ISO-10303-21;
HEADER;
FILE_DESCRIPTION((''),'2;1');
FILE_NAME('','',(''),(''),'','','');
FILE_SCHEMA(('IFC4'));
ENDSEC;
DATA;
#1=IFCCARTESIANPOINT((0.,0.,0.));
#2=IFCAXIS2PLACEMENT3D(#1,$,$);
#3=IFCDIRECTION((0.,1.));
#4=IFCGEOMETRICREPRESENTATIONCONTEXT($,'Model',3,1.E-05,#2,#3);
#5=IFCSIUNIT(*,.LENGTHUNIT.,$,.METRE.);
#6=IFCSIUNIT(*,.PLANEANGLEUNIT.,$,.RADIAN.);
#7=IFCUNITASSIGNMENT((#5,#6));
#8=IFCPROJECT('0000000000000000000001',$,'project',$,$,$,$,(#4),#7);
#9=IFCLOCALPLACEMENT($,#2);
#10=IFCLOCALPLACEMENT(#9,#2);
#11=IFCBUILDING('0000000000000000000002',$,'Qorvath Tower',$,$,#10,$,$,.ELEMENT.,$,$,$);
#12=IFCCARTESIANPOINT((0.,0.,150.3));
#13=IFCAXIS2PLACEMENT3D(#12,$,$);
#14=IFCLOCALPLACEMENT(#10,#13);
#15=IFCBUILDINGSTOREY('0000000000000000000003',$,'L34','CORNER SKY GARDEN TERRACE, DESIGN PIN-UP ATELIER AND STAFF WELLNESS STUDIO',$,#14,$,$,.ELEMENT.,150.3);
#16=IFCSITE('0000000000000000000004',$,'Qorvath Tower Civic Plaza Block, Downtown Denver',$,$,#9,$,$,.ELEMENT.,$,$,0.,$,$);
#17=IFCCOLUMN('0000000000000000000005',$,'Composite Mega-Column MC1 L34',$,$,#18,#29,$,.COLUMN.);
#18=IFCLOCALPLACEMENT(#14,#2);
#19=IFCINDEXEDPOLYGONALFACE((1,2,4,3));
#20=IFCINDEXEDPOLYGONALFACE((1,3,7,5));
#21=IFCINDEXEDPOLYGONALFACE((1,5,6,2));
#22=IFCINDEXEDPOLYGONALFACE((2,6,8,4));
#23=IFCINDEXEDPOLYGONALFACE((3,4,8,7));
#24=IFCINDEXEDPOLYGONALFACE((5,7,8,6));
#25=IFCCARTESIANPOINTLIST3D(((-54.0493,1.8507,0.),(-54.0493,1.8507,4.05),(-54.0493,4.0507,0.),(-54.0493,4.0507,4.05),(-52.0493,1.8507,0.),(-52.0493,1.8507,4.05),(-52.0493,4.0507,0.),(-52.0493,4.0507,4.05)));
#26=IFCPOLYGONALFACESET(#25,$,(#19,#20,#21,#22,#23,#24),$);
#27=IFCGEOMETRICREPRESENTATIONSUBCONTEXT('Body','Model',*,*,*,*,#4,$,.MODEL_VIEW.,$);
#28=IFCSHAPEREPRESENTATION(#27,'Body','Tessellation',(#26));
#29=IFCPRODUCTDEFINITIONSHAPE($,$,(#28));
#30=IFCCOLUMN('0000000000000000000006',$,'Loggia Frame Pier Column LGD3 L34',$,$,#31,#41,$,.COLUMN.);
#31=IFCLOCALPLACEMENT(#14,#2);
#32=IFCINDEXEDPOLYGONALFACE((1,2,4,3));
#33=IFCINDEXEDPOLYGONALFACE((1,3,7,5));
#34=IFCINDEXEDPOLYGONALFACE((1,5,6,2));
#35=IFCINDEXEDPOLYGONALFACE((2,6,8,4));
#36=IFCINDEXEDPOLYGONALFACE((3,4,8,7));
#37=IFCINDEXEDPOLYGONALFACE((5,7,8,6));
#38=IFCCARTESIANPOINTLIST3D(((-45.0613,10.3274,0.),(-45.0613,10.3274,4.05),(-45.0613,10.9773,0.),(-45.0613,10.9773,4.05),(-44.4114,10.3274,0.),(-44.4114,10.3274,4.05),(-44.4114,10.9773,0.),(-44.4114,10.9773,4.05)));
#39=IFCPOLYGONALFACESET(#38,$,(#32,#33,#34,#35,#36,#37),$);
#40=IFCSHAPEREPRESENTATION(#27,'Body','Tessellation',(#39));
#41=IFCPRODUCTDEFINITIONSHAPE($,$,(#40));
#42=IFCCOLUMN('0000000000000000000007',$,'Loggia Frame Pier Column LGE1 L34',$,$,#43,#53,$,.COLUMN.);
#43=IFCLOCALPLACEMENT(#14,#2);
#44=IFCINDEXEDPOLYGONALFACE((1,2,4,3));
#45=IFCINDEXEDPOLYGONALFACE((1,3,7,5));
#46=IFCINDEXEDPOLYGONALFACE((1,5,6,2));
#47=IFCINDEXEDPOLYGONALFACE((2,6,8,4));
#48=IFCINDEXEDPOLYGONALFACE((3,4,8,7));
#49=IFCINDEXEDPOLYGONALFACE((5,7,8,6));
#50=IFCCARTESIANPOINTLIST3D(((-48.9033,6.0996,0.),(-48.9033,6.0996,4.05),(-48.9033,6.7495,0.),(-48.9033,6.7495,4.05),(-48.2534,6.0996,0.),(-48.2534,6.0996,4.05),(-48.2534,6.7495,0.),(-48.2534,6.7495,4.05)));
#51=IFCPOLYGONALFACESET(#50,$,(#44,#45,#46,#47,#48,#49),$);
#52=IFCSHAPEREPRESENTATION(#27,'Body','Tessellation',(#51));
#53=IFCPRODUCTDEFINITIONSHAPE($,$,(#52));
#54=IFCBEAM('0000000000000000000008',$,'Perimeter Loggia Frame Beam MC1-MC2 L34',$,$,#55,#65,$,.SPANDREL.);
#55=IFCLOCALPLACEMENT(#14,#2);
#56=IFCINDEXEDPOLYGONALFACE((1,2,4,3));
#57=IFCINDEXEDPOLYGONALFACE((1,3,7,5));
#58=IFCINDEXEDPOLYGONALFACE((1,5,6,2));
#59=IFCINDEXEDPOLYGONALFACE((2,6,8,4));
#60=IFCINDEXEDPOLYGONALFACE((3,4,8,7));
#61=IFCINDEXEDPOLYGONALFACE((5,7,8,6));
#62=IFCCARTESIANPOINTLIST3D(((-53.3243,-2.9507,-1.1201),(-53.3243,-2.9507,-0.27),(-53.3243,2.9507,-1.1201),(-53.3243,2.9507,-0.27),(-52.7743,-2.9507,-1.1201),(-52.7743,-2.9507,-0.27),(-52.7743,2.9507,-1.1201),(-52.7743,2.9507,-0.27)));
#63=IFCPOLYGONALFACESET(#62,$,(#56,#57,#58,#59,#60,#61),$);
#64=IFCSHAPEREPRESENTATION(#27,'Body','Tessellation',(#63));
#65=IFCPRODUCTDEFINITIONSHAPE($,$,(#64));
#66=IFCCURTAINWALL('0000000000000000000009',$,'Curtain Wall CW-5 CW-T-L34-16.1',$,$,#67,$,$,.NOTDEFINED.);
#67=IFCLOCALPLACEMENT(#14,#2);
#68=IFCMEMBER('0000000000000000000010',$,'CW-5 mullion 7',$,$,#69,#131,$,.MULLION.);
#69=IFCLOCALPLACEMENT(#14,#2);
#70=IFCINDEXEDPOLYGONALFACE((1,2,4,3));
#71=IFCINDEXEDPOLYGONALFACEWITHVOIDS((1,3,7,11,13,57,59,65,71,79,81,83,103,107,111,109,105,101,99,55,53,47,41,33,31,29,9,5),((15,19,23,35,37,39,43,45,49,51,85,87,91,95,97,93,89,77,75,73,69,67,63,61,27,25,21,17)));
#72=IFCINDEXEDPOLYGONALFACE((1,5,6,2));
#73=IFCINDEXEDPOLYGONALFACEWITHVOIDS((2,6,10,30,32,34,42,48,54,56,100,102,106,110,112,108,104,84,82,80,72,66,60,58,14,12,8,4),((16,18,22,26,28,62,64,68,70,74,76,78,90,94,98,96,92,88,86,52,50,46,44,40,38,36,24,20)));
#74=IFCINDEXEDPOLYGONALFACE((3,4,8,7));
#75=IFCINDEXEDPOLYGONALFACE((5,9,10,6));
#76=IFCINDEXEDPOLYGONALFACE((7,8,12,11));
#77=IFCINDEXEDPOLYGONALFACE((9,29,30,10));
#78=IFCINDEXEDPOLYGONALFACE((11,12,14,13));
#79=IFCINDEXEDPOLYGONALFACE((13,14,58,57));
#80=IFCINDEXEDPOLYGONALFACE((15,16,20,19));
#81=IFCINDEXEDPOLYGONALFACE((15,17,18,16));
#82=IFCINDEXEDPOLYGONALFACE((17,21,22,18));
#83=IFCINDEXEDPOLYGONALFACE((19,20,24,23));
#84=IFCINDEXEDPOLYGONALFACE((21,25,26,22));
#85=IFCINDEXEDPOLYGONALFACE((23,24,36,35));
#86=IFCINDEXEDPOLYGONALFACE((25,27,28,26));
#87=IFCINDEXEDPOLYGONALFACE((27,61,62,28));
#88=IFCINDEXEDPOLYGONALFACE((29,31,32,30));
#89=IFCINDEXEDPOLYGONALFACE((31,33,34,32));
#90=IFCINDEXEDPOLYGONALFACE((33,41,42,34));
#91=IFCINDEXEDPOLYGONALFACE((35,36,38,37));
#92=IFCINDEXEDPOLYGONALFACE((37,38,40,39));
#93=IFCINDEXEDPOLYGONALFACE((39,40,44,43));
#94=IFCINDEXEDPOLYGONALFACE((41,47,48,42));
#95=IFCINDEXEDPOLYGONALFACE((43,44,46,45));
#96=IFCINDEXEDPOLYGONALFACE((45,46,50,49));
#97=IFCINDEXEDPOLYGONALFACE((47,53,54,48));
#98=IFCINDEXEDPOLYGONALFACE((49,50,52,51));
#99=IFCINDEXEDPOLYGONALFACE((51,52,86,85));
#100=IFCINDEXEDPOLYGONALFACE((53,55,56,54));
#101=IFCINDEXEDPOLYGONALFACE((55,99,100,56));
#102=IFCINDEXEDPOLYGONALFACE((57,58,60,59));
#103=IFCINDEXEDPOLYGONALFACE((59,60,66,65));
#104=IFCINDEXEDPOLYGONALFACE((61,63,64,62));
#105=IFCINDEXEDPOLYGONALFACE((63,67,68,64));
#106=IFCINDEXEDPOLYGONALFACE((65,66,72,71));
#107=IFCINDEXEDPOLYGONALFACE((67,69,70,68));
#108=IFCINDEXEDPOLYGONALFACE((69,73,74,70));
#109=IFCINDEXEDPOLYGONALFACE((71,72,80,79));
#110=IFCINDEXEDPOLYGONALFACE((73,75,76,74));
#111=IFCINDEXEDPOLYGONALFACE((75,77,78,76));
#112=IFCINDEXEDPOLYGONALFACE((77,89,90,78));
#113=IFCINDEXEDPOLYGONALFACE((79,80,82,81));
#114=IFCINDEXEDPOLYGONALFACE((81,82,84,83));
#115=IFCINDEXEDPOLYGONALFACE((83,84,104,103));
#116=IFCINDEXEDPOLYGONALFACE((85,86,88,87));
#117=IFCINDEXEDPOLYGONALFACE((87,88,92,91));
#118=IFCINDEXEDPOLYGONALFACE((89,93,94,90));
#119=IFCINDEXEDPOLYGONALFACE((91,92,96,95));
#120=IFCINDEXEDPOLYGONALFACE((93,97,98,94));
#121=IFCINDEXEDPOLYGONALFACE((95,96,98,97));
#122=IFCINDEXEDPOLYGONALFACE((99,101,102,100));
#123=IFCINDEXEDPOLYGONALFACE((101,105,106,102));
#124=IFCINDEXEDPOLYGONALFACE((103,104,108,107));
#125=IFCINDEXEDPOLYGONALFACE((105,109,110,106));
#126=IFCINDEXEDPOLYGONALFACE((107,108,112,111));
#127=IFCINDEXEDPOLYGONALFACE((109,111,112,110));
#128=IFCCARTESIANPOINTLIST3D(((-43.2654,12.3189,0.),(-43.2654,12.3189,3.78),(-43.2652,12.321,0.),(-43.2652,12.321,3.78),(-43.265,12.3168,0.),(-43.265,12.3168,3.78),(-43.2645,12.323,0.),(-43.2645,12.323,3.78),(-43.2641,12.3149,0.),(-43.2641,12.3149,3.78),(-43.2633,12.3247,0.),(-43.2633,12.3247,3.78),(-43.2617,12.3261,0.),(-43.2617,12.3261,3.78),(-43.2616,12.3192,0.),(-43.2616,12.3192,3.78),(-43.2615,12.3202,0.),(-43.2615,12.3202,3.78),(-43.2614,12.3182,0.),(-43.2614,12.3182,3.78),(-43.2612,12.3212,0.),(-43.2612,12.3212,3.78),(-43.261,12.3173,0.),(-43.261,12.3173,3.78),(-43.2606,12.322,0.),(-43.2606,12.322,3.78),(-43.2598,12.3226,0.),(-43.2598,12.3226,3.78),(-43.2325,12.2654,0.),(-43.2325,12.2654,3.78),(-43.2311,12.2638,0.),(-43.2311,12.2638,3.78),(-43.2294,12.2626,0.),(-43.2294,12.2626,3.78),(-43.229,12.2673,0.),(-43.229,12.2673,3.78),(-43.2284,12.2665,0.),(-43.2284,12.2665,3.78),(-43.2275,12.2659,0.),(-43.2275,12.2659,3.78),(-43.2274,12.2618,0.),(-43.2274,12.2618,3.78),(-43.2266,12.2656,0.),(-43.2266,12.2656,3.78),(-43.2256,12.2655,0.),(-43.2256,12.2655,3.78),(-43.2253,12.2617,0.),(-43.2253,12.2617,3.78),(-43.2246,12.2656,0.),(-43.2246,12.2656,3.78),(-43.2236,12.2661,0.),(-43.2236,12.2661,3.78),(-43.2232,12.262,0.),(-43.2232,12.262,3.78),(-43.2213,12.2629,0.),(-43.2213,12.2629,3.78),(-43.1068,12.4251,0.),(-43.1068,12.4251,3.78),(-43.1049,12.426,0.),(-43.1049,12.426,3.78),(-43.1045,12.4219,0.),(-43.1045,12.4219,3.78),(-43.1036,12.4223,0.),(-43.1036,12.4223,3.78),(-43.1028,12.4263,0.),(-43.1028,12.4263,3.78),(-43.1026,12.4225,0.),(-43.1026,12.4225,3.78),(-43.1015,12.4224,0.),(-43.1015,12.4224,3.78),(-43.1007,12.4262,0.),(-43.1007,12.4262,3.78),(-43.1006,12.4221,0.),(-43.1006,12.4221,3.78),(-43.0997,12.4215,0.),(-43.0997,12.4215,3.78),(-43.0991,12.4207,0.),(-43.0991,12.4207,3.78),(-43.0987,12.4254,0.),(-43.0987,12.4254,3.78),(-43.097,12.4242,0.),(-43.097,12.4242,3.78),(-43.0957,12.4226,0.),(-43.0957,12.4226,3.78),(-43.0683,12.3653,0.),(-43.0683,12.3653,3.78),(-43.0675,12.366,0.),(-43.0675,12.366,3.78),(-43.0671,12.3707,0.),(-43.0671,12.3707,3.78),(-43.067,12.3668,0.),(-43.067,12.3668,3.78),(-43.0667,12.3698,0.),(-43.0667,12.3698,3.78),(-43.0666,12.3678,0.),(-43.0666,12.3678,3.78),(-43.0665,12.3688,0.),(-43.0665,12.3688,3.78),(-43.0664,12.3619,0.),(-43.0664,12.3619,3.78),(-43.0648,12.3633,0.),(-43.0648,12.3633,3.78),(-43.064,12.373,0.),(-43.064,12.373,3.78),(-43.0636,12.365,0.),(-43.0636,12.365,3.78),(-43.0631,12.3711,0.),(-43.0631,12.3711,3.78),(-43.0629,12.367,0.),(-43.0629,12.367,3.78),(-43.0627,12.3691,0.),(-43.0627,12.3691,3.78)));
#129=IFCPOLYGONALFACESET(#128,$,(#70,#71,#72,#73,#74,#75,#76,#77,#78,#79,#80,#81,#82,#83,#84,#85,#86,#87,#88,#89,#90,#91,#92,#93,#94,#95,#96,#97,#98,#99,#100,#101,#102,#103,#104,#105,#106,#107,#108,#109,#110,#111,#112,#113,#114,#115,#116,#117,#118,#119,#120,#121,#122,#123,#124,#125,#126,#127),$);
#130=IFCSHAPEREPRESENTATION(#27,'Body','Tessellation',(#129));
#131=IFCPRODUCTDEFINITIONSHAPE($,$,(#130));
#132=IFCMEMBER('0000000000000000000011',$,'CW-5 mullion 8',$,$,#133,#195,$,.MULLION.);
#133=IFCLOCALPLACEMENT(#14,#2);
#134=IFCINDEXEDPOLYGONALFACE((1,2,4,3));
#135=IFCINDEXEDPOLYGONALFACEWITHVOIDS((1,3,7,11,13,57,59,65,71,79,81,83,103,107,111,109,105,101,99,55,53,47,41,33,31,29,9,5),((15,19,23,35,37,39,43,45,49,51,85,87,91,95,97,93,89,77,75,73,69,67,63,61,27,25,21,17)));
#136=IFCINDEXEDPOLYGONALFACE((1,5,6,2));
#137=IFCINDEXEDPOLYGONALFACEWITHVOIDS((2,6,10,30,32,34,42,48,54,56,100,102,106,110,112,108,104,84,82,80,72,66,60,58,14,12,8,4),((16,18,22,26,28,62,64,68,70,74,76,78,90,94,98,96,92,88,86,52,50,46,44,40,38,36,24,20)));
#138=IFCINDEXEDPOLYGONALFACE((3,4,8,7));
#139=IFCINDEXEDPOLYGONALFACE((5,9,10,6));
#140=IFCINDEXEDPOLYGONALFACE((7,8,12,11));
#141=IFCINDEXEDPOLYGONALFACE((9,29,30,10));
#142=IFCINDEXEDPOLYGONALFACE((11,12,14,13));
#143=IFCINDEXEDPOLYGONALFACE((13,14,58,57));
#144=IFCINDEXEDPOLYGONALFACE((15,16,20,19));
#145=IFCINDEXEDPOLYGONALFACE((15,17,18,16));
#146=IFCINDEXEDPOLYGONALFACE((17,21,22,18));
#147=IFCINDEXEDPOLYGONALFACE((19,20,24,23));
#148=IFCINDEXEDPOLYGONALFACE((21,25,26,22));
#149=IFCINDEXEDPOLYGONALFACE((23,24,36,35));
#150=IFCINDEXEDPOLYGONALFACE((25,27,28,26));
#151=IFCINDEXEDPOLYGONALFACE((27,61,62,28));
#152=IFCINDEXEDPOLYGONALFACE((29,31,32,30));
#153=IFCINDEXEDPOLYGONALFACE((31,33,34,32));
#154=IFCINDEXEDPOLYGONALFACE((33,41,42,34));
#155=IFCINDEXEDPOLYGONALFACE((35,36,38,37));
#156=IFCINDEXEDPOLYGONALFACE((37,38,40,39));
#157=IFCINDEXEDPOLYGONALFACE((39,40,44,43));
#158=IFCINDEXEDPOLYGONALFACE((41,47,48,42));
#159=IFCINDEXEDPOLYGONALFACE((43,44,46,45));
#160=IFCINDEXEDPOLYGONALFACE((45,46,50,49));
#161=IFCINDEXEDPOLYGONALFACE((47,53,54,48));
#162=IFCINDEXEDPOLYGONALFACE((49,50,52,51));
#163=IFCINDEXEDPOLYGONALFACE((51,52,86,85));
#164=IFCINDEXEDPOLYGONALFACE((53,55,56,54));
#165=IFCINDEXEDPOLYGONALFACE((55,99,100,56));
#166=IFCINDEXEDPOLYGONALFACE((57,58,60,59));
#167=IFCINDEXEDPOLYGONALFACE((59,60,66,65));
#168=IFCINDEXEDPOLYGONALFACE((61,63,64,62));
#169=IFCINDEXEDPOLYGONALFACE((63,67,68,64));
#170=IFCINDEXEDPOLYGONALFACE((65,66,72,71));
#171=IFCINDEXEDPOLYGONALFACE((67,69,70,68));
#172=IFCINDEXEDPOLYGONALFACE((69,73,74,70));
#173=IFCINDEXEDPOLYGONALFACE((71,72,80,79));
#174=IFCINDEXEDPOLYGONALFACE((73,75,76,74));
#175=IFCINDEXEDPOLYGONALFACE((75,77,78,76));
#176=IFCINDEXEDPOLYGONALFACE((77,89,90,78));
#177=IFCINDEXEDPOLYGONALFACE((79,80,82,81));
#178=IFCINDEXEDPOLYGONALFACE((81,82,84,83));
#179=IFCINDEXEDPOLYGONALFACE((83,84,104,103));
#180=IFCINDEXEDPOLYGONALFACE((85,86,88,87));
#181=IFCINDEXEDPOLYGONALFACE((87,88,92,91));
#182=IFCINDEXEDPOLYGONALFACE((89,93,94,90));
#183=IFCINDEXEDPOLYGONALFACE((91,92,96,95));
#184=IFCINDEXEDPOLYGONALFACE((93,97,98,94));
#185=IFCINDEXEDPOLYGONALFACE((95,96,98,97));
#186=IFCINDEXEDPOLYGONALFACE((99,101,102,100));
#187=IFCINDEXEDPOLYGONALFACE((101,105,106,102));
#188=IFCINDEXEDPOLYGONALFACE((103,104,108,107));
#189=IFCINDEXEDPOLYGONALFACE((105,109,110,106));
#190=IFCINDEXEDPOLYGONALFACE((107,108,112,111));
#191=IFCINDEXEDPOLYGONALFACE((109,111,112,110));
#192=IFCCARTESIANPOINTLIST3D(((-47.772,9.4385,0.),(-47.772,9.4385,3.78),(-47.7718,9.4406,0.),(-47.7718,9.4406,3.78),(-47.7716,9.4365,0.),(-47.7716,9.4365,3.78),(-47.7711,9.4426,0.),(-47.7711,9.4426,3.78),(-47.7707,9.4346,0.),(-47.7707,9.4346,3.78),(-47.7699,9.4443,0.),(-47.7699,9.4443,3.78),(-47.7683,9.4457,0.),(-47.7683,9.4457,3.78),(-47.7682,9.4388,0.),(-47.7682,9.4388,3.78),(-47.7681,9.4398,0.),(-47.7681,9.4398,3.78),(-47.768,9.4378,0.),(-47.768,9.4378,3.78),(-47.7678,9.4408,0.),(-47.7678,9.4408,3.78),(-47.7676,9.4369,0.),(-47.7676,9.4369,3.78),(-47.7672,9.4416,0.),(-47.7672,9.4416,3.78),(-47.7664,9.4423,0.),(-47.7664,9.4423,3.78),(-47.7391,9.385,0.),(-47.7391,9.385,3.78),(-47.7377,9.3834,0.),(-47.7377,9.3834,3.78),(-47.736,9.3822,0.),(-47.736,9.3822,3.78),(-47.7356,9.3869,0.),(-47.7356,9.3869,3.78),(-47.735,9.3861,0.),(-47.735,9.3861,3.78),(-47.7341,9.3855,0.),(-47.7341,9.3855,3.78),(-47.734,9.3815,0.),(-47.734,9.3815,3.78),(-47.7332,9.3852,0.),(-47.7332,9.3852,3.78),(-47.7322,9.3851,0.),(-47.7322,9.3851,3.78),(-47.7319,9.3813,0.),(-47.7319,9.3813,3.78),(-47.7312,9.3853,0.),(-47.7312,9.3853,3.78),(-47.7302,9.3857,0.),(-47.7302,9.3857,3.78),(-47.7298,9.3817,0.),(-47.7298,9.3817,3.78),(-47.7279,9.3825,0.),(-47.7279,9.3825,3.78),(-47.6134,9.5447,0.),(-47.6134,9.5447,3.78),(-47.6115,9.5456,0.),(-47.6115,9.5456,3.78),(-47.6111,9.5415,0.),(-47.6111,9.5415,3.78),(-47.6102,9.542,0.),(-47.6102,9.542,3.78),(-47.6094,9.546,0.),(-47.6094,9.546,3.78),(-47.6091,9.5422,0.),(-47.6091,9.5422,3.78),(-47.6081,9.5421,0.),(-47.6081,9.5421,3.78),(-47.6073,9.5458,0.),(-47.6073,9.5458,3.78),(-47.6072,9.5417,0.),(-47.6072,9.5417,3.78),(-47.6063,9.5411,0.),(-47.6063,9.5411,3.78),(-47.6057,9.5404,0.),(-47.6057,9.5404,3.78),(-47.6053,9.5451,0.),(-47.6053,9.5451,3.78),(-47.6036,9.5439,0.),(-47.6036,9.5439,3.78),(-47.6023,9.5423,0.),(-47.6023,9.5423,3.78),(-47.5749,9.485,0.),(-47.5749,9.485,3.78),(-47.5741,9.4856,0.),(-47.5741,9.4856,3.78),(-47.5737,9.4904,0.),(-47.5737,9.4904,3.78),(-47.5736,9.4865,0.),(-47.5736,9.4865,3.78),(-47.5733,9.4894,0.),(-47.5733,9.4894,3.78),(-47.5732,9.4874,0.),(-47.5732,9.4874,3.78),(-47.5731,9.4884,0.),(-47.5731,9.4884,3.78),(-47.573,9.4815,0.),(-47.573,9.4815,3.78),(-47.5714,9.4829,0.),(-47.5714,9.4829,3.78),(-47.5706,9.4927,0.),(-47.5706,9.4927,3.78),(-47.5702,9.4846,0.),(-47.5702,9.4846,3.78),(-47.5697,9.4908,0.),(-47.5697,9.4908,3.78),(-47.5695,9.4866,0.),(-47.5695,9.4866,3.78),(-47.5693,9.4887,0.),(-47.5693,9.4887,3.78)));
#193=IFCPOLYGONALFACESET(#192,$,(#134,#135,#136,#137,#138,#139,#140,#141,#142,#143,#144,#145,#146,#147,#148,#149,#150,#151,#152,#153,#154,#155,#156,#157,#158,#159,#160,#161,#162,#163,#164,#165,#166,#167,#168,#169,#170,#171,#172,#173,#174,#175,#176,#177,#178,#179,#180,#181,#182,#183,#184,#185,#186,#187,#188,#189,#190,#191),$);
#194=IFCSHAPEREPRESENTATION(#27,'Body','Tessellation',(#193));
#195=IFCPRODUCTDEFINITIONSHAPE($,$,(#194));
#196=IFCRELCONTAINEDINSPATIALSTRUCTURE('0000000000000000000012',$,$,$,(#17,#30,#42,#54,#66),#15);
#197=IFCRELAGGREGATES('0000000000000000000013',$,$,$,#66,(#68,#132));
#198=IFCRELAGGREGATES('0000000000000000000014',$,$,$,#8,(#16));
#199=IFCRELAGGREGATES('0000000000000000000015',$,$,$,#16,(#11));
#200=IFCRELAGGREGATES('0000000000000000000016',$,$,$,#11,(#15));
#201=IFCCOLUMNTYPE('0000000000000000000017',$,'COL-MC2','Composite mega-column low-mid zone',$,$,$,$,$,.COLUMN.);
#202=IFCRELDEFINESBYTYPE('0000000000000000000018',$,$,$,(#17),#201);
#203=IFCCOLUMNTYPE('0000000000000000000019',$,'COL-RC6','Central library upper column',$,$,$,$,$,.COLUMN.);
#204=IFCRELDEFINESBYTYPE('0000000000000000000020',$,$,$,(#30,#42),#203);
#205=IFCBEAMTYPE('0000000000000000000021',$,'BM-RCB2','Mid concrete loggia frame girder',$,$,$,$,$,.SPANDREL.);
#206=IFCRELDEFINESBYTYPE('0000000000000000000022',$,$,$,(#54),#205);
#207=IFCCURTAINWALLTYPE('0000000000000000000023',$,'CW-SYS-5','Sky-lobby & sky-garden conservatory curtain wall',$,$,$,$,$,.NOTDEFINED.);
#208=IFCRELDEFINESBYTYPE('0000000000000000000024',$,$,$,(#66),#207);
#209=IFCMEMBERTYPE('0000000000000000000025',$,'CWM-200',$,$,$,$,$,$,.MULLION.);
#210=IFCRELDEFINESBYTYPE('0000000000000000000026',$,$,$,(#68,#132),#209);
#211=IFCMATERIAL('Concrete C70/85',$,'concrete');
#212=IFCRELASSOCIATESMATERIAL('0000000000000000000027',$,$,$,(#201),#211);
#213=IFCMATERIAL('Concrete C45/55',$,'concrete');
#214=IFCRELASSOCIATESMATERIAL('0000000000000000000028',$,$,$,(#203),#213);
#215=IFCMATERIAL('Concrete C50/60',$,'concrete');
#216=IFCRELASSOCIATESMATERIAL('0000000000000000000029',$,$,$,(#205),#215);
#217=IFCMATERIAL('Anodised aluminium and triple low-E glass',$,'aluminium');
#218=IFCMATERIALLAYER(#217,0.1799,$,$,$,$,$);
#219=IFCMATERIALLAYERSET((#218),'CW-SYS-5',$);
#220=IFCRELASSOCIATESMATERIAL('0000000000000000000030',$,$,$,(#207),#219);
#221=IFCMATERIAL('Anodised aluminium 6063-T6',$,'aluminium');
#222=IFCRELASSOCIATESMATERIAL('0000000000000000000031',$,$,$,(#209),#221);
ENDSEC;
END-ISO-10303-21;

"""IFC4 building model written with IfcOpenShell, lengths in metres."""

from ifc_helpers import new_model, si_unit, direction, frame, origin, origin_2d, place, context, subcontext, project, spatial, rectangle, hollow_rectangle, extrude, material, layer, layer_set, material_profile, profile_set, type_object, element, aggregate, save


model = new_model("IFC4")

# Units and contexts
model_context = context("Model", 3, precision=1e-05, world=origin(), true_north=direction((0.0, 1.0)))
body_context = subcontext(model_context, "Body", "Model", "MODEL_VIEW")
ifc_project = project(units=[si_unit("LENGTHUNIT", "METRE"), si_unit("PLANEANGLEUNIT", "RADIAN")], contexts=[model_context])

# Site, building, storey
site_placement = place(None, origin())
site = spatial("IfcSite", under=ifc_project, at=site_placement, Name="Qorvath Tower Civic Plaza Block, Downtown Denver", CompositionType="ELEMENT", RefElevation=0.0)
building_placement = place(site_placement, origin())
building = spatial("IfcBuilding", under=site, at=building_placement, Name="Qorvath Tower", CompositionType="ELEMENT")
storey_placement = place(building_placement, frame((0.0, 0.0, 150.3)))
storey = spatial("IfcBuildingStorey", under=building, at=storey_placement, Name="L34", Description="CORNER SKY GARDEN TERRACE, DESIGN PIN-UP ATELIER AND STAFF WELLNESS STUDIO", CompositionType="ELEMENT", Elevation=150.3)

# Columns
ifc_material_1 = material(Name="Concrete C70/85", Category="concrete")
ifc_material_profile_1 = material_profile(ifc_material_1, rectangle(XDim=2.0, YDim=2.2, at=origin_2d()), Name="MC 2200x2000")
ifc_profile_set_1 = profile_set([ifc_material_profile_1], Name="Concrete C70/85")
column_type_1 = type_object("IfcColumnType", Name="COL-MC2", Description="Composite mega-column low-mid zone", PredefinedType="COLUMN", material=ifc_profile_set_1)
column_placement = place(storey_placement, frame((-53.0493, 2.9507, 0.0), z_axis=(0.0, 0.0, 1.0), x_axis=(1.0, 0.0, 0.0)))
element("IfcColumn", 1, at=column_placement, inside=storey, type_object=column_type_1, Name="Composite Mega-Column MC1 L34", PredefinedType="COLUMN", context=body_context, shape_type="SweptSolid", body=[
    extrude(rectangle(XDim=2.0, YDim=2.2, at=origin_2d()), origin(), (0.0, 0.0, 1.0), 4.05),
])
ifc_material_2 = material(Name="Concrete C45/55", Category="concrete")
ifc_material_profile_2 = material_profile(ifc_material_2, rectangle(XDim=0.6499, YDim=0.6499, at=origin_2d()), Name="RC 650x650")
ifc_profile_set_2 = profile_set([ifc_material_profile_2], Name="Concrete C45/55")
column_type_2 = type_object("IfcColumnType", Name="COL-RC6", Description="Central library upper column", PredefinedType="COLUMN", material=ifc_profile_set_2)
for number, where, z_axis, x_axis, name in (
    (2, (-44.7363, 10.6523, 0.0), (0.0, 0.0, 1.0), (1.0, 0.0, 0.0), "Loggia Frame Pier Column LGD3 L34"),
    (3, (-48.5784, 6.4246, 0.0), (0.0, 0.0, 1.0), (1.0, 0.0, 0.0), "Loggia Frame Pier Column LGE1 L34"),
):
    element("IfcColumn", number, at=place(storey_placement, frame(where, z_axis=z_axis, x_axis=x_axis)), inside=storey, type_object=column_type_2, Name=name, PredefinedType="COLUMN", context=body_context, shape_type="SweptSolid", body=[
        extrude(rectangle(XDim=0.6499, YDim=0.6499, at=origin_2d()), origin(), (0.0, 0.0, 1.0), 4.05),
    ])

# Beam
ifc_material_3 = material(Name="Concrete C50/60", Category="concrete")
ifc_material_profile_3 = material_profile(ifc_material_3, rectangle(XDim=0.55, YDim=0.8501, at=origin_2d()), Name="RCB 850x550")
ifc_profile_set_3 = profile_set([ifc_material_profile_3], Name="Concrete C50/60")
beam_type = type_object("IfcBeamType", Name="BM-RCB2", Description="Mid concrete loggia frame girder", PredefinedType="SPANDREL", material=ifc_profile_set_3)
beam_placement = place(storey_placement, frame((-53.0493, 2.9507, -0.6951), z_axis=(0.0, -1.0, 0.0), x_axis=(1.0, 0.0, 0.0)))
element("IfcBeam", 4, at=beam_placement, inside=storey, type_object=beam_type, Name="Perimeter Loggia Frame Beam MC1-MC2 L34", PredefinedType="SPANDREL", context=body_context, shape_type="SweptSolid", body=[
    extrude(rectangle(XDim=0.55, YDim=0.8501, at=origin_2d()), origin(), (0.0, 0.0, 1.0), 5.9014),
])

# Curtain wall, members
ifc_material_4 = material(Name="Anodised aluminium and triple low-E glass", Category="aluminium")
ifc_layer_1 = layer(ifc_material_4, 0.1799)
ifc_layer_set_1 = layer_set([ifc_layer_1], Name="CW-SYS-5")
curtain_wall_type = type_object("IfcCurtainWallType", Name="CW-SYS-5", Description="Sky-lobby & sky-garden conservatory curtain wall", PredefinedType="NOTDEFINED", material=ifc_layer_set_1)
curtain_wall_1_placement = place(storey_placement, origin())
curtain_wall_1 = element("IfcCurtainWall", 5, at=curtain_wall_1_placement, inside=storey, type_object=curtain_wall_type, Name="Curtain Wall CW-5 CW-T-L34-16.1", PredefinedType="NOTDEFINED")
ifc_material_5 = material(Name="Anodised aluminium 6063-T6", Category="aluminium")
ifc_material_profile_4 = material_profile(ifc_material_5, hollow_rectangle(XDim=0.075, YDim=0.2, WallThickness=0.0039, InnerFilletRadius=0.0039, OuterFilletRadius=0.0081, at=origin_2d()), Name="CWM 200x75")
ifc_profile_set_4 = profile_set([ifc_material_profile_4], Name="Anodised aluminium 6063-T6")
member_type_1 = type_object("IfcMemberType", Name="CWM-200", PredefinedType="MULLION", material=ifc_profile_set_4)
member_1_placement = place(storey_placement, frame((-43.1641, 12.344, 0.0), z_axis=(0.0, 0.0, 1.0), x_axis=(0.538535, -0.842603, 0.0)))
member_1 = element("IfcMember", 6, at=member_1_placement, type_object=member_type_1, Name="CW-5 mullion 7", PredefinedType="MULLION", context=body_context, shape_type="SweptSolid", body=[
    extrude(hollow_rectangle(XDim=0.075, YDim=0.2, WallThickness=0.0039, InnerFilletRadius=0.0039, OuterFilletRadius=0.0081, at=origin_2d()), origin(), (0.0, 0.0, 1.0), 3.78),
])
member_2_placement = place(storey_placement, frame((-47.6707, 9.4636, 0.0), z_axis=(0.0, 0.0, 1.0), x_axis=(0.538535, -0.842603, 0.0)))
member_2 = element("IfcMember", 7, at=member_2_placement, type_object=member_type_1, Name="CW-5 mullion 8", PredefinedType="MULLION", context=body_context, shape_type="SweptSolid", body=[
    extrude(hollow_rectangle(XDim=0.075, YDim=0.2, WallThickness=0.0039, InnerFilletRadius=0.0039, OuterFilletRadius=0.0081, at=origin_2d()), origin(), (0.0, 0.0, 1.0), 3.78),
])

aggregate(curtain_wall_1, [member_1, member_2])

save(model, "model.ifc")
